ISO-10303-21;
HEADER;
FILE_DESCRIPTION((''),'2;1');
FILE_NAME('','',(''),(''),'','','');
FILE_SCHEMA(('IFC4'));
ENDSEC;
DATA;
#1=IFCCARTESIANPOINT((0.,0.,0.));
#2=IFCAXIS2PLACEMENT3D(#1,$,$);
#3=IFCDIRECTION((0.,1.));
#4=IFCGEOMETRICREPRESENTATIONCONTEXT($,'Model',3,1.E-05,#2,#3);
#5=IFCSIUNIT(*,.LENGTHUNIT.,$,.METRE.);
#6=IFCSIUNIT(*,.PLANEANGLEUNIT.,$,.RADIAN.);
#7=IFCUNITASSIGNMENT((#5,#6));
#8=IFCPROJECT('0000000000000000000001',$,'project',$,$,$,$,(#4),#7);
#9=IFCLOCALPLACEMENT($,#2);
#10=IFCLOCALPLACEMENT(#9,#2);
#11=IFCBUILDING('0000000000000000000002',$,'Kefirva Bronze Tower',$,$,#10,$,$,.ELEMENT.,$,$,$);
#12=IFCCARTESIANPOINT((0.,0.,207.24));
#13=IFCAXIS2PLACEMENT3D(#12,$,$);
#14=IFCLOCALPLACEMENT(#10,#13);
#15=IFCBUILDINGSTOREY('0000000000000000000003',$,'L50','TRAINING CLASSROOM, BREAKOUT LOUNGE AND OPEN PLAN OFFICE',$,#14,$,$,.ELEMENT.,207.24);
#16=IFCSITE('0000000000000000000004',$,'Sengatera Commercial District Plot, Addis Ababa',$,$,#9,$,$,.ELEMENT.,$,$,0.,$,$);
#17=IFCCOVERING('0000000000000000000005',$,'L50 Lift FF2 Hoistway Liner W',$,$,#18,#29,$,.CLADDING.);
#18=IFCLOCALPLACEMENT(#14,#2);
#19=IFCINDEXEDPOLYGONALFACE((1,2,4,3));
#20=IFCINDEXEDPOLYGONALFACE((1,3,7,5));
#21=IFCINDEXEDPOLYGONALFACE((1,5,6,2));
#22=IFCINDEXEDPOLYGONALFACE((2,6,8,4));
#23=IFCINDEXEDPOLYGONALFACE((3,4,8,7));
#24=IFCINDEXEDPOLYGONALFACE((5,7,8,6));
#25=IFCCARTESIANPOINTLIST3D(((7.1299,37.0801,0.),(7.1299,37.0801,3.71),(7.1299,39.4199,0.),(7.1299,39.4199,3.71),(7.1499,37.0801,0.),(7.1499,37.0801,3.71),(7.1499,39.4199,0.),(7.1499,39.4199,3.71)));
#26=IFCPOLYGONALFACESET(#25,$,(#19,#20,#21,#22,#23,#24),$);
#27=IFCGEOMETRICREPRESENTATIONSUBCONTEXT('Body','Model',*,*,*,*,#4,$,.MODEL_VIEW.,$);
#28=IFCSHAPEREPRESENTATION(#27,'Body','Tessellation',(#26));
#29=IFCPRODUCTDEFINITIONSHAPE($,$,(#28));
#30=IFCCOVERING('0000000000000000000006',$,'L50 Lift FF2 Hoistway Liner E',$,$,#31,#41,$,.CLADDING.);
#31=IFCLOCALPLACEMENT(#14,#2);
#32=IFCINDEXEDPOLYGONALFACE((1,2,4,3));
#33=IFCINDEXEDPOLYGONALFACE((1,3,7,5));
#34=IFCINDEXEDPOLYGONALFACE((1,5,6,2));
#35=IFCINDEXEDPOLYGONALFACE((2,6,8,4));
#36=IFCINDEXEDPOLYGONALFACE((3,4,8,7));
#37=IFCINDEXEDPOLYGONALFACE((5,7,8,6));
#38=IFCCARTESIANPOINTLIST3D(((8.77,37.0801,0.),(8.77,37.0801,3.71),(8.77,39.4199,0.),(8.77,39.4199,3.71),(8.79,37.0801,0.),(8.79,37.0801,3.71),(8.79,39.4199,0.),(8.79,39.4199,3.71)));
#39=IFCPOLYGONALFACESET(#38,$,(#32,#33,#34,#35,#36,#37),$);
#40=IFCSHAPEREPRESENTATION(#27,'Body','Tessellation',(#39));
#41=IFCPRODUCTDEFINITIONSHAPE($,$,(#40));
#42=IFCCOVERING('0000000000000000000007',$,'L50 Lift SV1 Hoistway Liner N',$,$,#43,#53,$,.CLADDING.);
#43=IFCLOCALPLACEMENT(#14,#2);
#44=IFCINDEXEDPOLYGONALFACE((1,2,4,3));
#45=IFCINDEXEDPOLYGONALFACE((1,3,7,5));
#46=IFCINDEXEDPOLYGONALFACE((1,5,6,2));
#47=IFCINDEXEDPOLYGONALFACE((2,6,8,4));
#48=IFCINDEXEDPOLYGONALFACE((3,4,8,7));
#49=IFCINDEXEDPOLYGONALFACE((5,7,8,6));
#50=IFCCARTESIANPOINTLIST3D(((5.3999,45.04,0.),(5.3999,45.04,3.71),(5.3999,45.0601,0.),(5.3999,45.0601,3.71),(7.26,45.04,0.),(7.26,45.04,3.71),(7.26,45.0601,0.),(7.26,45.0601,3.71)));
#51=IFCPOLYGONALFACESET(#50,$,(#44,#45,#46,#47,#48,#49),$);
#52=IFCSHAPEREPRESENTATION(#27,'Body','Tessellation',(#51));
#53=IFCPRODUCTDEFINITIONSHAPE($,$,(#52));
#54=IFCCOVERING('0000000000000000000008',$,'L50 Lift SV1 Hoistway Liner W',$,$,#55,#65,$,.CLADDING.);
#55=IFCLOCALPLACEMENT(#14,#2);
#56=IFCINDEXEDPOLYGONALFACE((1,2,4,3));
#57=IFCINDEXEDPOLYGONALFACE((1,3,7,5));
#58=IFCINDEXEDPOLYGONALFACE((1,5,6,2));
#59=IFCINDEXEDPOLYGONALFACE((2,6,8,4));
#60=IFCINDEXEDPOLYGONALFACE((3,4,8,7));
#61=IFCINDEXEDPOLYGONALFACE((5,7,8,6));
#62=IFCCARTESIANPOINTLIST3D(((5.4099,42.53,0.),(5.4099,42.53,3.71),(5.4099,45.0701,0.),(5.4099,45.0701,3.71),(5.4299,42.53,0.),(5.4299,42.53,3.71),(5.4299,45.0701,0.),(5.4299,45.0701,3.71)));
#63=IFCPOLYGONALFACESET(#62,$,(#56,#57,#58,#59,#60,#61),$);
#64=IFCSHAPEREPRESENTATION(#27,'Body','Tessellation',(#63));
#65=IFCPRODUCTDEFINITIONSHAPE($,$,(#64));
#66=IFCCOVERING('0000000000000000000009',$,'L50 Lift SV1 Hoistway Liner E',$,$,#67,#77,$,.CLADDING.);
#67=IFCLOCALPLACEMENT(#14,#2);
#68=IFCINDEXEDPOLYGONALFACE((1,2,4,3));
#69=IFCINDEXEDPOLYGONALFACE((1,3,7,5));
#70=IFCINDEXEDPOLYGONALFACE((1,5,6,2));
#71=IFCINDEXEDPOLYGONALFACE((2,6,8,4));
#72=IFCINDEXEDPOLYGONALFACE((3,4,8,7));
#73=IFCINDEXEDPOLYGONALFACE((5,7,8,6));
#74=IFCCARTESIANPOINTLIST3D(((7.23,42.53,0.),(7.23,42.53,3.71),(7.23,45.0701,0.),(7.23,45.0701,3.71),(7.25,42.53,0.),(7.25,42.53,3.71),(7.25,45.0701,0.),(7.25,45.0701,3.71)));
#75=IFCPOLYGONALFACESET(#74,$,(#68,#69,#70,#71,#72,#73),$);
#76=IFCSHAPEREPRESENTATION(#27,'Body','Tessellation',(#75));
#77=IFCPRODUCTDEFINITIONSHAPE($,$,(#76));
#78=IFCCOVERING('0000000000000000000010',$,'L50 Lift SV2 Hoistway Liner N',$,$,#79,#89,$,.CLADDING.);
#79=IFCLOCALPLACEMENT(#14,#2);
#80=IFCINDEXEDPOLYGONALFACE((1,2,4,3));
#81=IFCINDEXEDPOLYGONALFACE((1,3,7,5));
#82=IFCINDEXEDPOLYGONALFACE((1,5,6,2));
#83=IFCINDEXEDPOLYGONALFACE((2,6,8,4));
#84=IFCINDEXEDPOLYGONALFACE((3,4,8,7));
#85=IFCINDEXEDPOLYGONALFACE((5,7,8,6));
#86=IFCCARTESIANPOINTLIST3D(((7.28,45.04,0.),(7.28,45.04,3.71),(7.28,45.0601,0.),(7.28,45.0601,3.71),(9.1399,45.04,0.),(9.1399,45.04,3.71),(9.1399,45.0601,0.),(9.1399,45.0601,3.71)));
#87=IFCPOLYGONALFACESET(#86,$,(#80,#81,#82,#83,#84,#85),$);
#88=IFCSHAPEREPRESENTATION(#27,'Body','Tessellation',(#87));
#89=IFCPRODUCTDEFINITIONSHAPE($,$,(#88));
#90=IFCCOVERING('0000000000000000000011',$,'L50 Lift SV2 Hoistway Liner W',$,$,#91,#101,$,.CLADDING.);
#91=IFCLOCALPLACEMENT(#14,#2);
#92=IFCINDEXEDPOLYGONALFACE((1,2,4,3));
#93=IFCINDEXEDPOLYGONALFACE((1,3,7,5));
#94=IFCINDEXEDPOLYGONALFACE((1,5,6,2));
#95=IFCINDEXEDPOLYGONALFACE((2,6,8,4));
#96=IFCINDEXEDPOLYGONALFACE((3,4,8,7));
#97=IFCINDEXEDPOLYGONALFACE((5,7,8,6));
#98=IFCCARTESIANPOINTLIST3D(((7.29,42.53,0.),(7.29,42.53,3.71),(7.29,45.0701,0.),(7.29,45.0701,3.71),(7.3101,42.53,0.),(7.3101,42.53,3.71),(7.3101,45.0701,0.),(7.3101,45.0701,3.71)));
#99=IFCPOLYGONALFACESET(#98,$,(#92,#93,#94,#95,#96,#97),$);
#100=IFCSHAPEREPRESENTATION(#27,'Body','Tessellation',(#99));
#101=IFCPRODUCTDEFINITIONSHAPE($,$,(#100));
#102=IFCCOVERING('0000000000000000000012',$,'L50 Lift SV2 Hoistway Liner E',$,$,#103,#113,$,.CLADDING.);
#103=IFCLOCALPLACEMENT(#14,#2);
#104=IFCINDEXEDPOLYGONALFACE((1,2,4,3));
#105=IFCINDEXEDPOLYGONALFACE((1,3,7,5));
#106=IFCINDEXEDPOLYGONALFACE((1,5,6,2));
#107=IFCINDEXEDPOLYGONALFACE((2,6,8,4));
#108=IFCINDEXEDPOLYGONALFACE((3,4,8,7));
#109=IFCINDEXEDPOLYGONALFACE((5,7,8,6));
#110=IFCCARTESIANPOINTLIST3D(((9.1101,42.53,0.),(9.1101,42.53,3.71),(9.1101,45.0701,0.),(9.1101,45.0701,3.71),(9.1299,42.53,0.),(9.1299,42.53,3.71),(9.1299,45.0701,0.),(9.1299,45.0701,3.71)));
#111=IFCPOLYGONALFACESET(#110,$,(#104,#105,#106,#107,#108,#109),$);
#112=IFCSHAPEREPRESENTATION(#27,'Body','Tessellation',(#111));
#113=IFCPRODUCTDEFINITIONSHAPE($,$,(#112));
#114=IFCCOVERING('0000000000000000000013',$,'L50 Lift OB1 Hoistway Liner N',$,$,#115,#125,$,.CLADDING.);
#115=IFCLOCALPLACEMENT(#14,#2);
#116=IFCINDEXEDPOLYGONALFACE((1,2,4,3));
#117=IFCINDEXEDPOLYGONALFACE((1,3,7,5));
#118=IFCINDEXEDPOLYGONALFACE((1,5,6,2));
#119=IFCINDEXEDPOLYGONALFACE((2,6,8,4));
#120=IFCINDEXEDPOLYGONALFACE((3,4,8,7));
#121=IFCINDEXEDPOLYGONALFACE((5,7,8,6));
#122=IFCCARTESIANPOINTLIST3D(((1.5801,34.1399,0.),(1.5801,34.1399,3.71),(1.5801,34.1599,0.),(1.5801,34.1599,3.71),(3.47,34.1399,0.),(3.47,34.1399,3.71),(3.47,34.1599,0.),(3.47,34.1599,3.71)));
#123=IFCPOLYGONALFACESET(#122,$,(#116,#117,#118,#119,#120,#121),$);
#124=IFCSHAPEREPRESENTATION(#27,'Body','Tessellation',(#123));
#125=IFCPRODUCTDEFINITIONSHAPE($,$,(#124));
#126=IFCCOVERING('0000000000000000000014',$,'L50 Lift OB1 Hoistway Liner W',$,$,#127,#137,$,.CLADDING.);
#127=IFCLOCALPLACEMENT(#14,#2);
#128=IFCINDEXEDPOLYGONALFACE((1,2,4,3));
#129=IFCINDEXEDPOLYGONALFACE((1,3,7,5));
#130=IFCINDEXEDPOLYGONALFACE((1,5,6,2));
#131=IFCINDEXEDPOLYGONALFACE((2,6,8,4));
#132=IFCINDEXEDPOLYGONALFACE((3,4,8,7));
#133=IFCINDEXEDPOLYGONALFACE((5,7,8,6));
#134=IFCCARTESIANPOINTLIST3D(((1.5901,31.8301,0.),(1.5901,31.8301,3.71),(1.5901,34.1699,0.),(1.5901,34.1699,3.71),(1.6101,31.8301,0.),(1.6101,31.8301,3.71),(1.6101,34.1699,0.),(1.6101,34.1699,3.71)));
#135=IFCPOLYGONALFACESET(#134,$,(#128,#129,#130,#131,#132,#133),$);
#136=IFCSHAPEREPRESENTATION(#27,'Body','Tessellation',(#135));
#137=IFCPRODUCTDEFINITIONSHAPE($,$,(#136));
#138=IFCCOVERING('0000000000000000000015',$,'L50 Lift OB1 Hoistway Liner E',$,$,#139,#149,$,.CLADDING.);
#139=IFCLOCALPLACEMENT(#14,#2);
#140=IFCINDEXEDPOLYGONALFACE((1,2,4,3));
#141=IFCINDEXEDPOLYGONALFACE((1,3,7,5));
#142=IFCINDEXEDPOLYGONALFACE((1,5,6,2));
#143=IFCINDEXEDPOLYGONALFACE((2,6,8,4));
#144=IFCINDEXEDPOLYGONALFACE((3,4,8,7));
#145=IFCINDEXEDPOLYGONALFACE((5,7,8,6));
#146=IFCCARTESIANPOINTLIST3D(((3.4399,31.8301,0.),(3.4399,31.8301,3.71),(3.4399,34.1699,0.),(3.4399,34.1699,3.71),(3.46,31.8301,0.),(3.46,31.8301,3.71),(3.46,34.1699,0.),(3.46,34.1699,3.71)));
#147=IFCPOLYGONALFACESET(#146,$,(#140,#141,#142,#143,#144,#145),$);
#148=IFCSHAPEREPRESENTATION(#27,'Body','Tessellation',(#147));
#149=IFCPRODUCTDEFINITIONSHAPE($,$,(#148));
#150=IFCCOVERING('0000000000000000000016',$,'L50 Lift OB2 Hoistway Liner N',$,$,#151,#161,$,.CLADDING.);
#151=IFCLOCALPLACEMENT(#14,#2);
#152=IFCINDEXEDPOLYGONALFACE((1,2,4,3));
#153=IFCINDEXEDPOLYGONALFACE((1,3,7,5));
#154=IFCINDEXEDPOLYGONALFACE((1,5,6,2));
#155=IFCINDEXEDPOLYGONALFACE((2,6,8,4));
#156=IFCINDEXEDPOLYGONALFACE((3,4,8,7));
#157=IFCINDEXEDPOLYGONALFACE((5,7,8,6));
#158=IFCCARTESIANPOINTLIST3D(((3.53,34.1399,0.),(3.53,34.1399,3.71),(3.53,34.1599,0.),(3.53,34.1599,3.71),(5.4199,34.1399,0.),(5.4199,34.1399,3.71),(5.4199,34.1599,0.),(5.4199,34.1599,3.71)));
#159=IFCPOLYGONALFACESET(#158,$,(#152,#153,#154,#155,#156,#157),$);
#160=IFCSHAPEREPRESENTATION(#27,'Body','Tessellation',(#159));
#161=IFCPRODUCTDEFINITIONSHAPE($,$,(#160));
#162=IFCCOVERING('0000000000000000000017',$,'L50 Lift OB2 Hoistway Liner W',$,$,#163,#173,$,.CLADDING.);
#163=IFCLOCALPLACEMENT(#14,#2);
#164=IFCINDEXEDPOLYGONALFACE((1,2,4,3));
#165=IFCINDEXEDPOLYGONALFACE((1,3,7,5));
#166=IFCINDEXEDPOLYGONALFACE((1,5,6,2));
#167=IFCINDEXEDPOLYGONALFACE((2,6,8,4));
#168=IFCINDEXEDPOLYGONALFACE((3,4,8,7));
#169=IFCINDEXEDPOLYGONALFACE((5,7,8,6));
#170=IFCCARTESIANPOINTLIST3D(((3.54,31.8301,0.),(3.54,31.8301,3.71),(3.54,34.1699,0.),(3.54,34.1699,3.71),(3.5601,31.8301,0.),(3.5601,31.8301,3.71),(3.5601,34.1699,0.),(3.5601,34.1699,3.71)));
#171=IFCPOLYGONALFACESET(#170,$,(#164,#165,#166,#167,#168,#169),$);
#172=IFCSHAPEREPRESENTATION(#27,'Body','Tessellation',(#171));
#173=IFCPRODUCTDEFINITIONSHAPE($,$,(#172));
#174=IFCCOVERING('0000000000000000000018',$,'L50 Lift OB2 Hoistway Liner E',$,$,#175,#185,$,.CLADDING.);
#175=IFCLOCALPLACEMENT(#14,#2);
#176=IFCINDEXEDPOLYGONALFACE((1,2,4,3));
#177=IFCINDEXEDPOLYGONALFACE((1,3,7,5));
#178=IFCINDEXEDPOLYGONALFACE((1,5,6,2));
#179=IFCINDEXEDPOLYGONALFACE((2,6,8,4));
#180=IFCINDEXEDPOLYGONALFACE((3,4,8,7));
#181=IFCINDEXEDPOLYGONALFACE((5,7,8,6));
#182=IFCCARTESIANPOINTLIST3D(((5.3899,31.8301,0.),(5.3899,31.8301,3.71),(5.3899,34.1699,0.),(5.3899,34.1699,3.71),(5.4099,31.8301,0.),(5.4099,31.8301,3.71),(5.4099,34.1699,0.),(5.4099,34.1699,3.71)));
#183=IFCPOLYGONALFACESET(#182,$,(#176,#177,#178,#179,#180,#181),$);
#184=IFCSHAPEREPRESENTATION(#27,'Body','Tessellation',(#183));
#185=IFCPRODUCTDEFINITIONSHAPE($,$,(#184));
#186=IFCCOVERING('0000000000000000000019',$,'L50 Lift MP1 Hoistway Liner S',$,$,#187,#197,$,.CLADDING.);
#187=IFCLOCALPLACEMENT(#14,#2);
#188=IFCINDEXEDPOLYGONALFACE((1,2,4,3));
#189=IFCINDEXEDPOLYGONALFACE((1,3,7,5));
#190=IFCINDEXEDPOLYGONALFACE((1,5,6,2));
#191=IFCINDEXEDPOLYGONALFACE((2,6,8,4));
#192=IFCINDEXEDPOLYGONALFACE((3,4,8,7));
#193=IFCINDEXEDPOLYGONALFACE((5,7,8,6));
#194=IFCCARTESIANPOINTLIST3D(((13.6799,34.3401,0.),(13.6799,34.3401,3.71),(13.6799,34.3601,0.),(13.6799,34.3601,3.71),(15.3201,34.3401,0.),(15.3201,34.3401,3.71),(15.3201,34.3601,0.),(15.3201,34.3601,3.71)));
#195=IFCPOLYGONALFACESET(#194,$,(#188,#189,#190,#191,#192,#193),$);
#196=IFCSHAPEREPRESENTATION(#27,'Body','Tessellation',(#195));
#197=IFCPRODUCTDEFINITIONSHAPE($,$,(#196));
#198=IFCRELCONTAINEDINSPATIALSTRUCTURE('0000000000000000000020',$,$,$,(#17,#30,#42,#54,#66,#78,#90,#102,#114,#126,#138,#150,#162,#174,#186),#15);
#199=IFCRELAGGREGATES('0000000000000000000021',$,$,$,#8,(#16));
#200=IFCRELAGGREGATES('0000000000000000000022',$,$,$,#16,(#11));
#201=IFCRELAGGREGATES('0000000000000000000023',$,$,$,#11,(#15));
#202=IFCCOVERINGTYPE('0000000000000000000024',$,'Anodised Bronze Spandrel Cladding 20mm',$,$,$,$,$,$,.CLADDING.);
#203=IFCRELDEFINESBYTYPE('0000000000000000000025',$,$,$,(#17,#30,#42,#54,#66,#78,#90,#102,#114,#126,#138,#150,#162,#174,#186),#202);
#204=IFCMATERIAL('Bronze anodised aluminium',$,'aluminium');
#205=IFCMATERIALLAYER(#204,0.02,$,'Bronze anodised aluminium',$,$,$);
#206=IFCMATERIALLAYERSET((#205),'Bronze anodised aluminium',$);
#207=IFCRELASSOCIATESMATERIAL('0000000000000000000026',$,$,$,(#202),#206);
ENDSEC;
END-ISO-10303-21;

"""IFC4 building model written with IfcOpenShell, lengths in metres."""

from ifc_helpers import new_model, si_unit, direction, frame, origin, place, context, subcontext, project, spatial, polyline, outline, extrude, material, layer, layer_set, type_object, element, save


model = new_model("IFC4")

# Units and contexts
model_context = context("Model", 3, precision=1e-05, world=origin(), true_north=direction((0.0, 1.0)))
body_context = subcontext(model_context, "Body", "Model", "MODEL_VIEW")
ifc_project = project(units=[si_unit("LENGTHUNIT", "METRE"), si_unit("PLANEANGLEUNIT", "RADIAN")], contexts=[model_context])

# Site, building, storey
site_placement = place(None, origin())
site = spatial("IfcSite", under=ifc_project, at=site_placement, Name="Sengatera Commercial District Plot, Addis Ababa", CompositionType="ELEMENT", RefElevation=0.0)
building_placement = place(site_placement, origin())
building = spatial("IfcBuilding", under=site, at=building_placement, Name="Kefirva Bronze Tower", CompositionType="ELEMENT")
storey_placement = place(building_placement, frame((0.0, 0.0, 207.24)))
storey = spatial("IfcBuildingStorey", under=building, at=storey_placement, Name="L50", Description="TRAINING CLASSROOM, BREAKOUT LOUNGE AND OPEN PLAN OFFICE", CompositionType="ELEMENT", Elevation=207.24)

# Coverings
ifc_material_1 = material(Name="Bronze anodised aluminium", Category="aluminium")
ifc_layer_1 = layer(ifc_material_1, 0.02, Name="Bronze anodised aluminium")
ifc_layer_set_1 = layer_set([ifc_layer_1], Name="Bronze anodised aluminium")
covering_type = type_object("IfcCoveringType", Name="Anodised Bronze Spandrel Cladding 20mm", PredefinedType="CLADDING", material=ifc_layer_set_1)
covering_1_placement = place(storey_placement, origin())
element("IfcCovering", 1, at=covering_1_placement, inside=storey, type_object=covering_type, Name="L50 Lift FF2 Hoistway Liner W", PredefinedType="CLADDING", context=body_context, shape_type="SweptSolid", body=[
    extrude(outline(polyline([(7.1299, 37.0801), (7.1499, 37.0801), (7.1499, 39.4199), (7.1299, 39.4199), (7.1299, 37.0801)])), origin(), (0.0, 0.0, 1.0), 3.71),
])
covering_2_placement = place(storey_placement, origin())
element("IfcCovering", 2, at=covering_2_placement, inside=storey, type_object=covering_type, Name="L50 Lift FF2 Hoistway Liner E", PredefinedType="CLADDING", context=body_context, shape_type="SweptSolid", body=[
    extrude(outline(polyline([(8.77, 37.0801), (8.79, 37.0801), (8.79, 39.4199), (8.77, 39.4199), (8.77, 37.0801)])), origin(), (0.0, 0.0, 1.0), 3.71),
])
covering_3_placement = place(storey_placement, origin())
element("IfcCovering", 3, at=covering_3_placement, inside=storey, type_object=covering_type, Name="L50 Lift SV1 Hoistway Liner N", PredefinedType="CLADDING", context=body_context, shape_type="SweptSolid", body=[
    extrude(outline(polyline([(5.3999, 45.04), (7.26, 45.04), (7.26, 45.0601), (5.3999, 45.0601), (5.3999, 45.04)])), origin(), (0.0, 0.0, 1.0), 3.71),
])
covering_4_placement = place(storey_placement, origin())
element("IfcCovering", 4, at=covering_4_placement, inside=storey, type_object=covering_type, Name="L50 Lift SV1 Hoistway Liner W", PredefinedType="CLADDING", context=body_context, shape_type="SweptSolid", body=[
    extrude(outline(polyline([(5.4099, 42.53), (5.4299, 42.53), (5.4299, 45.0701), (5.4099, 45.0701), (5.4099, 42.53)])), origin(), (0.0, 0.0, 1.0), 3.71),
])
covering_5_placement = place(storey_placement, origin())
element("IfcCovering", 5, at=covering_5_placement, inside=storey, type_object=covering_type, Name="L50 Lift SV1 Hoistway Liner E", PredefinedType="CLADDING", context=body_context, shape_type="SweptSolid", body=[
    extrude(outline(polyline([(7.23, 42.53), (7.25, 42.53), (7.25, 45.0701), (7.23, 45.0701), (7.23, 42.53)])), origin(), (0.0, 0.0, 1.0), 3.71),
])
covering_6_placement = place(storey_placement, origin())
element("IfcCovering", 6, at=covering_6_placement, inside=storey, type_object=covering_type, Name="L50 Lift SV2 Hoistway Liner N", PredefinedType="CLADDING", context=body_context, shape_type="SweptSolid", body=[
    extrude(outline(polyline([(7.28, 45.04), (9.1399, 45.04), (9.1399, 45.0601), (7.28, 45.0601), (7.28, 45.04)])), origin(), (0.0, 0.0, 1.0), 3.71),
])
covering_7_placement = place(storey_placement, origin())
element("IfcCovering", 7, at=covering_7_placement, inside=storey, type_object=covering_type, Name="L50 Lift SV2 Hoistway Liner W", PredefinedType="CLADDING", context=body_context, shape_type="SweptSolid", body=[
    extrude(outline(polyline([(7.29, 42.53), (7.3101, 42.53), (7.3101, 45.0701), (7.29, 45.0701), (7.29, 42.53)])), origin(), (0.0, 0.0, 1.0), 3.71),
])
covering_8_placement = place(storey_placement, origin())
element("IfcCovering", 8, at=covering_8_placement, inside=storey, type_object=covering_type, Name="L50 Lift SV2 Hoistway Liner E", PredefinedType="CLADDING", context=body_context, shape_type="SweptSolid", body=[
    extrude(outline(polyline([(9.1101, 42.53), (9.1299, 42.53), (9.1299, 45.0701), (9.1101, 45.0701), (9.1101, 42.53)])), origin(), (0.0, 0.0, 1.0), 3.71),
])
covering_9_placement = place(storey_placement, origin())
element("IfcCovering", 9, at=covering_9_placement, inside=storey, type_object=covering_type, Name="L50 Lift OB1 Hoistway Liner N", PredefinedType="CLADDING", context=body_context, shape_type="SweptSolid", body=[
    extrude(outline(polyline([(1.5801, 34.1399), (3.47, 34.1399), (3.47, 34.1599), (1.5801, 34.1599), (1.5801, 34.1399)])), origin(), (0.0, 0.0, 1.0), 3.71),
])
covering_10_placement = place(storey_placement, origin())
element("IfcCovering", 10, at=covering_10_placement, inside=storey, type_object=covering_type, Name="L50 Lift OB1 Hoistway Liner W", PredefinedType="CLADDING", context=body_context, shape_type="SweptSolid", body=[
    extrude(outline(polyline([(1.5901, 31.8301), (1.6101, 31.8301), (1.6101, 34.1699), (1.5901, 34.1699), (1.5901, 31.8301)])), origin(), (0.0, 0.0, 1.0), 3.71),
])
covering_11_placement = place(storey_placement, origin())
element("IfcCovering", 11, at=covering_11_placement, inside=storey, type_object=covering_type, Name="L50 Lift OB1 Hoistway Liner E", PredefinedType="CLADDING", context=body_context, shape_type="SweptSolid", body=[
    extrude(outline(polyline([(3.4399, 31.8301), (3.46, 31.8301), (3.46, 34.1699), (3.4399, 34.1699), (3.4399, 31.8301)])), origin(), (0.0, 0.0, 1.0), 3.71),
])
covering_12_placement = place(storey_placement, origin())
element("IfcCovering", 12, at=covering_12_placement, inside=storey, type_object=covering_type, Name="L50 Lift OB2 Hoistway Liner N", PredefinedType="CLADDING", context=body_context, shape_type="SweptSolid", body=[
    extrude(outline(polyline([(3.53, 34.1399), (5.4199, 34.1399), (5.4199, 34.1599), (3.53, 34.1599), (3.53, 34.1399)])), origin(), (0.0, 0.0, 1.0), 3.71),
])
covering_13_placement = place(storey_placement, origin())
element("IfcCovering", 13, at=covering_13_placement, inside=storey, type_object=covering_type, Name="L50 Lift OB2 Hoistway Liner W", PredefinedType="CLADDING", context=body_context, shape_type="SweptSolid", body=[
    extrude(outline(polyline([(3.54, 31.8301), (3.5601, 31.8301), (3.5601, 34.1699), (3.54, 34.1699), (3.54, 31.8301)])), origin(), (0.0, 0.0, 1.0), 3.71),
])
covering_14_placement = place(storey_placement, origin())
element("IfcCovering", 14, at=covering_14_placement, inside=storey, type_object=covering_type, Name="L50 Lift OB2 Hoistway Liner E", PredefinedType="CLADDING", context=body_context, shape_type="SweptSolid", body=[
    extrude(outline(polyline([(5.3899, 31.8301), (5.4099, 31.8301), (5.4099, 34.1699), (5.3899, 34.1699), (5.3899, 31.8301)])), origin(), (0.0, 0.0, 1.0), 3.71),
])
covering_15_placement = place(storey_placement, origin())
element("IfcCovering", 15, at=covering_15_placement, inside=storey, type_object=covering_type, Name="L50 Lift MP1 Hoistway Liner S", PredefinedType="CLADDING", context=body_context, shape_type="SweptSolid", body=[
    extrude(outline(polyline([(13.6799, 34.3401), (15.3201, 34.3401), (15.3201, 34.3601), (13.6799, 34.3601), (13.6799, 34.3401)])), origin(), (0.0, 0.0, 1.0), 3.71),
])

save(model, "model.ifc")
